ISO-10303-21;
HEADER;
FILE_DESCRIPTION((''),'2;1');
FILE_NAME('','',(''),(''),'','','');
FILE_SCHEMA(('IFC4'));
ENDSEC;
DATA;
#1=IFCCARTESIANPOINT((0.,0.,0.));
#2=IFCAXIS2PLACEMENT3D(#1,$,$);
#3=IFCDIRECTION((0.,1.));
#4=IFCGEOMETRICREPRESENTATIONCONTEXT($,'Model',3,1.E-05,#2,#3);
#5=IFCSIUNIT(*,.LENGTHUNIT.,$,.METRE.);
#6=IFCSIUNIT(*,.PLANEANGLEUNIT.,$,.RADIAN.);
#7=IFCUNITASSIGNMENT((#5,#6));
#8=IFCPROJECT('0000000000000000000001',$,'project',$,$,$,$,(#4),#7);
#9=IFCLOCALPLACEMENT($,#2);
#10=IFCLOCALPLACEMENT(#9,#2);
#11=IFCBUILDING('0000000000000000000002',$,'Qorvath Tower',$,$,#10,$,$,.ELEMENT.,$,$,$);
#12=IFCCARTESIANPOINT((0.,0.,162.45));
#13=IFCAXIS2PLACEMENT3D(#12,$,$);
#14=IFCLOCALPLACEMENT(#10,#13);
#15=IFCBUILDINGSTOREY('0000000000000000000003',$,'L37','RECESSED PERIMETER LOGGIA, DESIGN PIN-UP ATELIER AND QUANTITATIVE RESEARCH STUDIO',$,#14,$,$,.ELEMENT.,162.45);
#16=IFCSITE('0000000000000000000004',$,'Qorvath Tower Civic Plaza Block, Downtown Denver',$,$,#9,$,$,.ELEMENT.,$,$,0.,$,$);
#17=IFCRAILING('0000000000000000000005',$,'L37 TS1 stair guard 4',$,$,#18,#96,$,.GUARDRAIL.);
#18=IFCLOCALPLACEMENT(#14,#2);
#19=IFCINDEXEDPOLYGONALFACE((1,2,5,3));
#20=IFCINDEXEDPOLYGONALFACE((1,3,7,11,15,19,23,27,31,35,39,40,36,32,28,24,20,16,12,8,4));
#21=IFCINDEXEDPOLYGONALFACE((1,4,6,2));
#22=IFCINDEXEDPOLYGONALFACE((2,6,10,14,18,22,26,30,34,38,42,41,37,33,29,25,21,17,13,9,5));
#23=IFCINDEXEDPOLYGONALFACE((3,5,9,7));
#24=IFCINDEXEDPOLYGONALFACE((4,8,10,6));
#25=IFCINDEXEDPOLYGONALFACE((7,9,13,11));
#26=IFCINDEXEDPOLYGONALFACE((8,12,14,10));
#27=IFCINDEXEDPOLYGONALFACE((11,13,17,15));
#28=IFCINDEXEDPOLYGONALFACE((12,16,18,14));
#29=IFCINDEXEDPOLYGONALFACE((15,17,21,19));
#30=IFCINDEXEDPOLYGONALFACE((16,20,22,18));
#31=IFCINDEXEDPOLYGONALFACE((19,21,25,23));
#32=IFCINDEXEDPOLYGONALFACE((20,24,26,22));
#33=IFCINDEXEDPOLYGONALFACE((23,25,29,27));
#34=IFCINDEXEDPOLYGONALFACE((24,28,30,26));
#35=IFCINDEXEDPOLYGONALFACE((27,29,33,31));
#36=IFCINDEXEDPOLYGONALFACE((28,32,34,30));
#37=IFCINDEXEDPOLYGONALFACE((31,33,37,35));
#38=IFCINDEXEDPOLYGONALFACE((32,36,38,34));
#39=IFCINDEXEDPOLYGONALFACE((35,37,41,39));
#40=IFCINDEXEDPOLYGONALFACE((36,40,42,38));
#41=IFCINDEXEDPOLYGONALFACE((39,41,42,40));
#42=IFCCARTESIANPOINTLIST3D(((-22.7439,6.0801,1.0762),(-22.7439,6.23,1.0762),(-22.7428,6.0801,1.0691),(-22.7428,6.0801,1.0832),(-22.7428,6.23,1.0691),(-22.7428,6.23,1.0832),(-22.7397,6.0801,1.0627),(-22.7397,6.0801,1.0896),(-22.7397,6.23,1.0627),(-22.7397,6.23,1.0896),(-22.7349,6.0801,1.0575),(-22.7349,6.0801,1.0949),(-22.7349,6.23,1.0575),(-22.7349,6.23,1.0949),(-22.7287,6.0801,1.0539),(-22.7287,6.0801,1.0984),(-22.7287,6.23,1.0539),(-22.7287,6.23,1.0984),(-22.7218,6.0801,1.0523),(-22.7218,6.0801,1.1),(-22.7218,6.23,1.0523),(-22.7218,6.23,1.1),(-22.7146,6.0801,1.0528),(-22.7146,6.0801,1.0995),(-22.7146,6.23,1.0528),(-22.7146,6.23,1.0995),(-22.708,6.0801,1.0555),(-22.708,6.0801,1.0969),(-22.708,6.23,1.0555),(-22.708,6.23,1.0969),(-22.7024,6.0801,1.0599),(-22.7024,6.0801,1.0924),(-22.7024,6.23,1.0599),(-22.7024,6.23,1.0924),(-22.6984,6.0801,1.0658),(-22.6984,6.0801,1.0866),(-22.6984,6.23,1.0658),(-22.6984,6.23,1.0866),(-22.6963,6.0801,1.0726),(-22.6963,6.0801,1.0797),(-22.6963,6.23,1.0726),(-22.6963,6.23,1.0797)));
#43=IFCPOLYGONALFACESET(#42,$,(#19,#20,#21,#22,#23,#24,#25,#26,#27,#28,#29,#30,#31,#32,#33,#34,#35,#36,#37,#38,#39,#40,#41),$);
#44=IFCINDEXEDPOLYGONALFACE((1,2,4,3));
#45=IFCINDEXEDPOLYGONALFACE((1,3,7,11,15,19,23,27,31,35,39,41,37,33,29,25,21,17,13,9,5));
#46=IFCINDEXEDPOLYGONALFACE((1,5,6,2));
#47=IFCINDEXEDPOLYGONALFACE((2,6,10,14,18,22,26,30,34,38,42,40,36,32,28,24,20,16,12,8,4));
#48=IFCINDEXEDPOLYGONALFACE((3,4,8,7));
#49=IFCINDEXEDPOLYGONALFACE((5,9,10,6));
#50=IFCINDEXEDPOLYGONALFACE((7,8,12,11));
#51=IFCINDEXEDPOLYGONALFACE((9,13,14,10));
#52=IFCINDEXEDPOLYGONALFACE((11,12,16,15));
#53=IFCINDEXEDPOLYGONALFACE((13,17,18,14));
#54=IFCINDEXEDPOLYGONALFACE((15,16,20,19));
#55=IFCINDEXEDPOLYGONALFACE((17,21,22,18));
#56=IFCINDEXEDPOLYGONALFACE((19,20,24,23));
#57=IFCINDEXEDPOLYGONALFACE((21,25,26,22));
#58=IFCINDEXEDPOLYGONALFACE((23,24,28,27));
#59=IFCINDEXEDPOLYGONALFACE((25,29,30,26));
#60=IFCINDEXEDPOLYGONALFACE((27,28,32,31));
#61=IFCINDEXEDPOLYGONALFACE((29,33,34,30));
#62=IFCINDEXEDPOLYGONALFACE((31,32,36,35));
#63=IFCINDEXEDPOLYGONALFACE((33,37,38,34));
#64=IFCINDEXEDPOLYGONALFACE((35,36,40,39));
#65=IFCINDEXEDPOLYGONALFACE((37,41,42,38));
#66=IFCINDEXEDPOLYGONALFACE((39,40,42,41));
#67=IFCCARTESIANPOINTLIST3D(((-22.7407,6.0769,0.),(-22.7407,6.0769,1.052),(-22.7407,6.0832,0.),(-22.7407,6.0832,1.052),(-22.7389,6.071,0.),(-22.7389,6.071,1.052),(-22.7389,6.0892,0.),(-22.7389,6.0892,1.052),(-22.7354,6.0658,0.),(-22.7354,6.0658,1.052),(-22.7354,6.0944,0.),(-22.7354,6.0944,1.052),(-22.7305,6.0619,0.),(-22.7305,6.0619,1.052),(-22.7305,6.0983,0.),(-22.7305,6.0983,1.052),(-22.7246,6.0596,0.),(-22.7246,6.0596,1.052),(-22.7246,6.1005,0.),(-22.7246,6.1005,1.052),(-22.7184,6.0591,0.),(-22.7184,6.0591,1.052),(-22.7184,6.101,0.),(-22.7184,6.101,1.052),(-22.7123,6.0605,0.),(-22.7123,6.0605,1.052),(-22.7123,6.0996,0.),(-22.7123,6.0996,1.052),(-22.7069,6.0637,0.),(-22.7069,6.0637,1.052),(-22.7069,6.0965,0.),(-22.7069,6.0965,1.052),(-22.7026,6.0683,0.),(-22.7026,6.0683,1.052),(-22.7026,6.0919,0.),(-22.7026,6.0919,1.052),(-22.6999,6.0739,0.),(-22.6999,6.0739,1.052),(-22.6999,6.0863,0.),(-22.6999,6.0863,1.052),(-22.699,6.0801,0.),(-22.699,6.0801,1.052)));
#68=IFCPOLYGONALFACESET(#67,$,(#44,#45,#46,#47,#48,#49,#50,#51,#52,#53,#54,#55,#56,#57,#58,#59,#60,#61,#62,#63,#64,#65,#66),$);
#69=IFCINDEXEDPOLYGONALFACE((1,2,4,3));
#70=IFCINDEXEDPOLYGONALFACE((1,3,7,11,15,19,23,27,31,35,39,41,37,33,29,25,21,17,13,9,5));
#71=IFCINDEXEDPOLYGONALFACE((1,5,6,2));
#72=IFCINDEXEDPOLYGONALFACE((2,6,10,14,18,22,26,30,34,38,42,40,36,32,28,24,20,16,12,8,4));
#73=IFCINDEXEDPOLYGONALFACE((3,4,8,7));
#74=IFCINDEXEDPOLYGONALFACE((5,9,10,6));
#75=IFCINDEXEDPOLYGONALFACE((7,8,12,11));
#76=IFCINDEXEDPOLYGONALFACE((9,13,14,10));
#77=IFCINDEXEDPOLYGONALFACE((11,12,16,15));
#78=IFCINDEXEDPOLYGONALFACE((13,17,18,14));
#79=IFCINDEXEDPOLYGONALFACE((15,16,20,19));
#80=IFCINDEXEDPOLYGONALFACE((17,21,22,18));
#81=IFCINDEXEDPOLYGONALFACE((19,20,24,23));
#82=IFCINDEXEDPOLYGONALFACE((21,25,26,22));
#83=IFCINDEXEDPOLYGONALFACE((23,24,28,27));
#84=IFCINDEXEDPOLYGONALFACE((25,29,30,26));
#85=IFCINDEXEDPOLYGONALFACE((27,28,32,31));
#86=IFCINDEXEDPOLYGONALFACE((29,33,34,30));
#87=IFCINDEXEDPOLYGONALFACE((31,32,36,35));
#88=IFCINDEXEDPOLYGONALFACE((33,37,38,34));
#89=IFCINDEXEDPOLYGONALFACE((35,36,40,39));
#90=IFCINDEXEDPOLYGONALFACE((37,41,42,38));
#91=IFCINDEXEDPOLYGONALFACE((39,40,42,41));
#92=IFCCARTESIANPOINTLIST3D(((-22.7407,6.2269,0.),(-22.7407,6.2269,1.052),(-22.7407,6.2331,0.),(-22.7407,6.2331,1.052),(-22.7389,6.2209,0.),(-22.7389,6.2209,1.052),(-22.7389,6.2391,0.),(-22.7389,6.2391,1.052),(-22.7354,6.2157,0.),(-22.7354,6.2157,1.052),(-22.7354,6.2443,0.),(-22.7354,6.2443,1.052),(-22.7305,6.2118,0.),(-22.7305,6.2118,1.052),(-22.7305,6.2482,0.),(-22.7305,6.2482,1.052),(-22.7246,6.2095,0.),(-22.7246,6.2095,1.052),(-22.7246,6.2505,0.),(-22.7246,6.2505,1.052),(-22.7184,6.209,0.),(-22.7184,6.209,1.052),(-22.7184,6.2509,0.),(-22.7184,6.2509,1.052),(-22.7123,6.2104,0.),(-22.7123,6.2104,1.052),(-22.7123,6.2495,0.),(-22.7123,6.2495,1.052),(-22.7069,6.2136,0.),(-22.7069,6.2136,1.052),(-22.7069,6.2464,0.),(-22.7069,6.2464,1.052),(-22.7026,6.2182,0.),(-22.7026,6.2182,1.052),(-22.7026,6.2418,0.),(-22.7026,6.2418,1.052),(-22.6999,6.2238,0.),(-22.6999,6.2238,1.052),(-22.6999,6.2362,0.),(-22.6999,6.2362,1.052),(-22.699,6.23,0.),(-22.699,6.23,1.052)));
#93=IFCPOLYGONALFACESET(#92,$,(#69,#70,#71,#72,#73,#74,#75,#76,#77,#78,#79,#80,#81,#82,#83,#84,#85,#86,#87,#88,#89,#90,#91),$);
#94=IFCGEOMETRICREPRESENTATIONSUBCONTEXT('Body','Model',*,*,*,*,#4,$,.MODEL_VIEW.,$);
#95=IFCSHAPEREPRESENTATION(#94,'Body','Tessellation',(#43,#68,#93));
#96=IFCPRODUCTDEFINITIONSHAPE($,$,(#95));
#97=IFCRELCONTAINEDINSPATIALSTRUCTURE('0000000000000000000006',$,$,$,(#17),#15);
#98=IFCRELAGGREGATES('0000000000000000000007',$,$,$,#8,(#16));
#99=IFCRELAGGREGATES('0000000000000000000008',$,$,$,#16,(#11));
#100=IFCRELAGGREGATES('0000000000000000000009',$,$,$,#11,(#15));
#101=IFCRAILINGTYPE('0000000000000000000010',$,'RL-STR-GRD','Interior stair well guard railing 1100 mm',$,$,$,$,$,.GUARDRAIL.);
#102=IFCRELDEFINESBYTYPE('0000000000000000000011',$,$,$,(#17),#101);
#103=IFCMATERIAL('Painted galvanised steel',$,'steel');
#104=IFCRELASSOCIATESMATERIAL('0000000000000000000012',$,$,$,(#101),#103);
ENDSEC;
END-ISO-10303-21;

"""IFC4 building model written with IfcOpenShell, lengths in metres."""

from ifc_helpers import new_model, si_unit, direction, frame, origin, origin_2d, place, context, subcontext, project, spatial, circle, extrude, material, type_object, element, save


model = new_model("IFC4")

# Units and contexts
model_context = context("Model", 3, precision=1e-05, world=origin(), true_north=direction((0.0, 1.0)))
body_context = subcontext(model_context, "Body", "Model", "MODEL_VIEW")
ifc_project = project(units=[si_unit("LENGTHUNIT", "METRE"), si_unit("PLANEANGLEUNIT", "RADIAN")], contexts=[model_context])

# Site, building, storey
site_placement = place(None, origin())
site = spatial("IfcSite", under=ifc_project, at=site_placement, Name="Qorvath Tower Civic Plaza Block, Downtown Denver", CompositionType="ELEMENT", RefElevation=0.0)
building_placement = place(site_placement, origin())
building = spatial("IfcBuilding", under=site, at=building_placement, Name="Qorvath Tower", CompositionType="ELEMENT")
storey_placement = place(building_placement, frame((0.0, 0.0, 162.45)))
storey = spatial("IfcBuildingStorey", under=building, at=storey_placement, Name="L37", Description="RECESSED PERIMETER LOGGIA, DESIGN PIN-UP ATELIER AND QUANTITATIVE RESEARCH STUDIO", CompositionType="ELEMENT", Elevation=162.45)

# Railing
ifc_material_1 = material(Name="Painted galvanised steel", Category="steel")
railing_type_1 = type_object("IfcRailingType", Name="RL-STR-GRD", Description="Interior stair well guard railing 1100 mm", PredefinedType="GUARDRAIL", material=ifc_material_1)
railing_1_placement = place(storey_placement, frame((-22.72, 6.0801, 0.0)))
element("IfcRailing", 1, at=railing_1_placement, inside=storey, type_object=railing_type_1, Name="L37 TS1 stair guard 4", PredefinedType="GUARDRAIL", context=body_context, shape_type="SweptSolid", body=[
    extrude(circle(Radius=0.0239, at=origin_2d()), frame((0.0, 0.0, 1.0762), z_axis=(0.0, 1.0, 0.0), x_axis=(-1.0, 0.0, 0.0)), (0.0, 0.0, 1.0), 0.1499),
    extrude(circle(Radius=0.021, at=origin_2d()), origin(), (0.0, 0.0, 1.0), 1.052),
    extrude(circle(Radius=0.021, at=origin_2d()), frame((0.0, 0.1499, 0.0)), (0.0, 0.0, 1.0), 1.052),
])

save(model, "model.ifc")
